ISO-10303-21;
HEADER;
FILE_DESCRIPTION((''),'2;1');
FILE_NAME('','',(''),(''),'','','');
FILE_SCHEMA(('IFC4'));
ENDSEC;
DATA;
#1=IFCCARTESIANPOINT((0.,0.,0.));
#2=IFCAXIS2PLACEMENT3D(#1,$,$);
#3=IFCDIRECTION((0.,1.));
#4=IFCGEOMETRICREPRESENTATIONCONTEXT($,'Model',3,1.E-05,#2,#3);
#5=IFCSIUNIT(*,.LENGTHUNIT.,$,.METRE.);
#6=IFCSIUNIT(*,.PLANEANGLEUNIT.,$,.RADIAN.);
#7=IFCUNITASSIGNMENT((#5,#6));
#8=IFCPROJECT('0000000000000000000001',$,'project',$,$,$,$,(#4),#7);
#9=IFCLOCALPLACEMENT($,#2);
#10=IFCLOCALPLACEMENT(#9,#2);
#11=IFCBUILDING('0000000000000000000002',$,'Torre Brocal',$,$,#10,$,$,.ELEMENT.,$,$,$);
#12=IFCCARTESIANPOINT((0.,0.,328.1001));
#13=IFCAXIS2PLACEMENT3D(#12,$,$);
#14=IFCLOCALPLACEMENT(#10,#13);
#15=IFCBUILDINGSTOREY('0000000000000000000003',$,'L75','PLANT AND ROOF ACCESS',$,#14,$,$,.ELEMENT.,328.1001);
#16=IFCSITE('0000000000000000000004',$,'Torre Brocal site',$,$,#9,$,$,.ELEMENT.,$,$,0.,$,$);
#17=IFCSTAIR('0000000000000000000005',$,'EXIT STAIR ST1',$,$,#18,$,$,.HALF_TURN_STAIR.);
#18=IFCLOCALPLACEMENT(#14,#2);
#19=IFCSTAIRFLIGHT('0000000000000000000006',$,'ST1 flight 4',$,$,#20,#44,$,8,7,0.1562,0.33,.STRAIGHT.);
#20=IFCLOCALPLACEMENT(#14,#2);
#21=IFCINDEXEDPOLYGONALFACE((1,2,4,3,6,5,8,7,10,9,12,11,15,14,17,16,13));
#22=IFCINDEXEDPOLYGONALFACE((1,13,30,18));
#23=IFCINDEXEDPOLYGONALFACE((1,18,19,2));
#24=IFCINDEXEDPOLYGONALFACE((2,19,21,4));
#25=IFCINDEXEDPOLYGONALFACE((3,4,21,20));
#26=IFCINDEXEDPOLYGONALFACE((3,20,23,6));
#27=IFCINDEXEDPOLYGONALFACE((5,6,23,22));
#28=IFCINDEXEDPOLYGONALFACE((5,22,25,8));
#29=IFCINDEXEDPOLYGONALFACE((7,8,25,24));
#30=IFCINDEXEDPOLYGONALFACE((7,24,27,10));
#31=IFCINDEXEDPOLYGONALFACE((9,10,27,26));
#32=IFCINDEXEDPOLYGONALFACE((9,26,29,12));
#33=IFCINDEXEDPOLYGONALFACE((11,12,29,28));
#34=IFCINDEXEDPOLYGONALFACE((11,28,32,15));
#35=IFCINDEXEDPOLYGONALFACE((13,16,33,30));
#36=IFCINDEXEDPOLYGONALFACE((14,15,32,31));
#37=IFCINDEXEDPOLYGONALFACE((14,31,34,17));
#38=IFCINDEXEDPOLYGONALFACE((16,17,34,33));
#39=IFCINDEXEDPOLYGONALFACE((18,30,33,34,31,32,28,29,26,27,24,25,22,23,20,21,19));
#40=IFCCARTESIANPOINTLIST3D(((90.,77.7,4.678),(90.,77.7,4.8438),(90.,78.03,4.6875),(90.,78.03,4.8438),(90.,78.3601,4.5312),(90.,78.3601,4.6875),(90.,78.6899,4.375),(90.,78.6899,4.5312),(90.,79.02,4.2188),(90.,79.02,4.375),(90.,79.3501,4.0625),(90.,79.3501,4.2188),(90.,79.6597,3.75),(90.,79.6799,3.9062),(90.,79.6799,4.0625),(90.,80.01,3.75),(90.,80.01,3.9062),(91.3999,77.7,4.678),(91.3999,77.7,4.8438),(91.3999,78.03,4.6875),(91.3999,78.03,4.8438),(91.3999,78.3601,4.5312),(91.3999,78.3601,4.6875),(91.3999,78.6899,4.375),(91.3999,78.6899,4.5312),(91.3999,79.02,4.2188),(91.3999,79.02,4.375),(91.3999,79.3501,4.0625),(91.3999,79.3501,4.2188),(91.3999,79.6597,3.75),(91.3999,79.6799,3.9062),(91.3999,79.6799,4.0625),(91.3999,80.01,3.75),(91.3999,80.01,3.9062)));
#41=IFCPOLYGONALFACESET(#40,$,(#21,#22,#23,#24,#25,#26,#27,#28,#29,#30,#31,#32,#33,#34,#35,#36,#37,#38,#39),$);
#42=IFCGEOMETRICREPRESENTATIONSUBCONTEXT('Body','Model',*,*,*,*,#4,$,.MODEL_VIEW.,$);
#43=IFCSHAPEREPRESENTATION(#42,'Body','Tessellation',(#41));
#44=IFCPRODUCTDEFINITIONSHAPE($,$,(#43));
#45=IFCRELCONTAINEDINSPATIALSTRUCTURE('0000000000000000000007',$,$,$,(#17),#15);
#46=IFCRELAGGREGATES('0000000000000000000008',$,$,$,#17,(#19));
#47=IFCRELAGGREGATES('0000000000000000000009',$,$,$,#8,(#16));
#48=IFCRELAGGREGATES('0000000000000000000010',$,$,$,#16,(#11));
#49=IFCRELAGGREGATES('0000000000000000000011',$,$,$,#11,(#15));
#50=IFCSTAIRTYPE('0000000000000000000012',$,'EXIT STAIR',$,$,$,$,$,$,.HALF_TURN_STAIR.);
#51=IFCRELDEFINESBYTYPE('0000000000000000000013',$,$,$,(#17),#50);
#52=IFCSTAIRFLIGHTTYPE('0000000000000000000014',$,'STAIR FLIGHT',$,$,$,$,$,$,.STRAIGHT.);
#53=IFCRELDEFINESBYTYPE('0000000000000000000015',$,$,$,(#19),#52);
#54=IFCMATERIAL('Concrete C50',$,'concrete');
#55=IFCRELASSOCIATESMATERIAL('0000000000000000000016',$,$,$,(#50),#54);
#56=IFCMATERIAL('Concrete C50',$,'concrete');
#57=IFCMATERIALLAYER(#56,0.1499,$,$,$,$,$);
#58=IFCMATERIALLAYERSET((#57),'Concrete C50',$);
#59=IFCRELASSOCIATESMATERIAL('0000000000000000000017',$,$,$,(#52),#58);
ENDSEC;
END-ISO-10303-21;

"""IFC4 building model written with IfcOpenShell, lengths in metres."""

from ifc_helpers import new_model, si_unit, direction, frame, origin, place, context, subcontext, project, spatial, polyline, outline, extrude, material, layer, layer_set, type_object, element, aggregate, save


model = new_model("IFC4")

# Units and contexts
model_context = context("Model", 3, precision=1e-05, world=origin(), true_north=direction((0.0, 1.0)))
body_context = subcontext(model_context, "Body", "Model", "MODEL_VIEW")
ifc_project = project(units=[si_unit("LENGTHUNIT", "METRE"), si_unit("PLANEANGLEUNIT", "RADIAN")], contexts=[model_context])

# Site, building, storey
site_placement = place(None, origin())
site = spatial("IfcSite", under=ifc_project, at=site_placement, Name="Torre Brocal site", CompositionType="ELEMENT", RefElevation=0.0)
building_placement = place(site_placement, origin())
building = spatial("IfcBuilding", under=site, at=building_placement, Name="Torre Brocal", CompositionType="ELEMENT")
storey_placement = place(building_placement, frame((0.0, 0.0, 328.1001)))
storey = spatial("IfcBuildingStorey", under=building, at=storey_placement, Name="L75", Description="PLANT AND ROOF ACCESS", CompositionType="ELEMENT", Elevation=328.1001)

# Stair, stair flight
ifc_material_1 = material(Name="Concrete C50", Category="concrete")
stair_type = type_object("IfcStairType", Name="EXIT STAIR", PredefinedType="HALF_TURN_STAIR", material=ifc_material_1)
stair_placement = place(storey_placement, origin())
stair = element("IfcStair", 1, at=stair_placement, inside=storey, type_object=stair_type, Name="EXIT STAIR ST1", PredefinedType="HALF_TURN_STAIR")
ifc_material_2 = material(Name="Concrete C50", Category="concrete")
ifc_layer_1 = layer(ifc_material_2, 0.1499)
ifc_layer_set_1 = layer_set([ifc_layer_1], Name="Concrete C50")
stair_flight_type = type_object("IfcStairFlightType", Name="STAIR FLIGHT", PredefinedType="STRAIGHT", material=ifc_layer_set_1)
stair_flight_1_placement = place(storey_placement, frame((90.7, 80.01, 3.75), z_axis=(0.0, 0.0, 1.0), x_axis=(0.0, -1.0, 0.0)))
stair_flight_1 = element("IfcStairFlight", 2, at=stair_flight_1_placement, type_object=stair_flight_type, Name="ST1 flight 4", NumberOfRisers=8, NumberOfTreads=7, PredefinedType="STRAIGHT", RiserHeight=0.1562, TreadLength=0.33, context=body_context, shape_type="SweptSolid", body=[
    extrude(outline(polyline([(0.0, 0.0), (0.0, 0.1562), (0.3301, 0.1562), (0.3301, 0.3125), (0.6599, 0.3125), (0.6599, 0.4688), (0.99, 0.4688), (0.99, 0.625), (1.3201, 0.625), (1.3201, 0.7812), (1.6499, 0.7812), (1.6499, 0.9375), (1.98, 0.9375), (1.98, 1.0938), (2.3101, 1.0938), (2.3101, 1.25), (2.3101, 0.928), (0.3503, 0.0), (0.0, 0.0)])), frame((0.0, 0.7, 0.0), z_axis=(0.0, -1.0, 0.0), x_axis=(1.0, 0.0, 0.0)), (0.0, 0.0, 1.0), 1.3999),
])
aggregate(stair, [stair_flight_1])

save(model, "model.ifc")
